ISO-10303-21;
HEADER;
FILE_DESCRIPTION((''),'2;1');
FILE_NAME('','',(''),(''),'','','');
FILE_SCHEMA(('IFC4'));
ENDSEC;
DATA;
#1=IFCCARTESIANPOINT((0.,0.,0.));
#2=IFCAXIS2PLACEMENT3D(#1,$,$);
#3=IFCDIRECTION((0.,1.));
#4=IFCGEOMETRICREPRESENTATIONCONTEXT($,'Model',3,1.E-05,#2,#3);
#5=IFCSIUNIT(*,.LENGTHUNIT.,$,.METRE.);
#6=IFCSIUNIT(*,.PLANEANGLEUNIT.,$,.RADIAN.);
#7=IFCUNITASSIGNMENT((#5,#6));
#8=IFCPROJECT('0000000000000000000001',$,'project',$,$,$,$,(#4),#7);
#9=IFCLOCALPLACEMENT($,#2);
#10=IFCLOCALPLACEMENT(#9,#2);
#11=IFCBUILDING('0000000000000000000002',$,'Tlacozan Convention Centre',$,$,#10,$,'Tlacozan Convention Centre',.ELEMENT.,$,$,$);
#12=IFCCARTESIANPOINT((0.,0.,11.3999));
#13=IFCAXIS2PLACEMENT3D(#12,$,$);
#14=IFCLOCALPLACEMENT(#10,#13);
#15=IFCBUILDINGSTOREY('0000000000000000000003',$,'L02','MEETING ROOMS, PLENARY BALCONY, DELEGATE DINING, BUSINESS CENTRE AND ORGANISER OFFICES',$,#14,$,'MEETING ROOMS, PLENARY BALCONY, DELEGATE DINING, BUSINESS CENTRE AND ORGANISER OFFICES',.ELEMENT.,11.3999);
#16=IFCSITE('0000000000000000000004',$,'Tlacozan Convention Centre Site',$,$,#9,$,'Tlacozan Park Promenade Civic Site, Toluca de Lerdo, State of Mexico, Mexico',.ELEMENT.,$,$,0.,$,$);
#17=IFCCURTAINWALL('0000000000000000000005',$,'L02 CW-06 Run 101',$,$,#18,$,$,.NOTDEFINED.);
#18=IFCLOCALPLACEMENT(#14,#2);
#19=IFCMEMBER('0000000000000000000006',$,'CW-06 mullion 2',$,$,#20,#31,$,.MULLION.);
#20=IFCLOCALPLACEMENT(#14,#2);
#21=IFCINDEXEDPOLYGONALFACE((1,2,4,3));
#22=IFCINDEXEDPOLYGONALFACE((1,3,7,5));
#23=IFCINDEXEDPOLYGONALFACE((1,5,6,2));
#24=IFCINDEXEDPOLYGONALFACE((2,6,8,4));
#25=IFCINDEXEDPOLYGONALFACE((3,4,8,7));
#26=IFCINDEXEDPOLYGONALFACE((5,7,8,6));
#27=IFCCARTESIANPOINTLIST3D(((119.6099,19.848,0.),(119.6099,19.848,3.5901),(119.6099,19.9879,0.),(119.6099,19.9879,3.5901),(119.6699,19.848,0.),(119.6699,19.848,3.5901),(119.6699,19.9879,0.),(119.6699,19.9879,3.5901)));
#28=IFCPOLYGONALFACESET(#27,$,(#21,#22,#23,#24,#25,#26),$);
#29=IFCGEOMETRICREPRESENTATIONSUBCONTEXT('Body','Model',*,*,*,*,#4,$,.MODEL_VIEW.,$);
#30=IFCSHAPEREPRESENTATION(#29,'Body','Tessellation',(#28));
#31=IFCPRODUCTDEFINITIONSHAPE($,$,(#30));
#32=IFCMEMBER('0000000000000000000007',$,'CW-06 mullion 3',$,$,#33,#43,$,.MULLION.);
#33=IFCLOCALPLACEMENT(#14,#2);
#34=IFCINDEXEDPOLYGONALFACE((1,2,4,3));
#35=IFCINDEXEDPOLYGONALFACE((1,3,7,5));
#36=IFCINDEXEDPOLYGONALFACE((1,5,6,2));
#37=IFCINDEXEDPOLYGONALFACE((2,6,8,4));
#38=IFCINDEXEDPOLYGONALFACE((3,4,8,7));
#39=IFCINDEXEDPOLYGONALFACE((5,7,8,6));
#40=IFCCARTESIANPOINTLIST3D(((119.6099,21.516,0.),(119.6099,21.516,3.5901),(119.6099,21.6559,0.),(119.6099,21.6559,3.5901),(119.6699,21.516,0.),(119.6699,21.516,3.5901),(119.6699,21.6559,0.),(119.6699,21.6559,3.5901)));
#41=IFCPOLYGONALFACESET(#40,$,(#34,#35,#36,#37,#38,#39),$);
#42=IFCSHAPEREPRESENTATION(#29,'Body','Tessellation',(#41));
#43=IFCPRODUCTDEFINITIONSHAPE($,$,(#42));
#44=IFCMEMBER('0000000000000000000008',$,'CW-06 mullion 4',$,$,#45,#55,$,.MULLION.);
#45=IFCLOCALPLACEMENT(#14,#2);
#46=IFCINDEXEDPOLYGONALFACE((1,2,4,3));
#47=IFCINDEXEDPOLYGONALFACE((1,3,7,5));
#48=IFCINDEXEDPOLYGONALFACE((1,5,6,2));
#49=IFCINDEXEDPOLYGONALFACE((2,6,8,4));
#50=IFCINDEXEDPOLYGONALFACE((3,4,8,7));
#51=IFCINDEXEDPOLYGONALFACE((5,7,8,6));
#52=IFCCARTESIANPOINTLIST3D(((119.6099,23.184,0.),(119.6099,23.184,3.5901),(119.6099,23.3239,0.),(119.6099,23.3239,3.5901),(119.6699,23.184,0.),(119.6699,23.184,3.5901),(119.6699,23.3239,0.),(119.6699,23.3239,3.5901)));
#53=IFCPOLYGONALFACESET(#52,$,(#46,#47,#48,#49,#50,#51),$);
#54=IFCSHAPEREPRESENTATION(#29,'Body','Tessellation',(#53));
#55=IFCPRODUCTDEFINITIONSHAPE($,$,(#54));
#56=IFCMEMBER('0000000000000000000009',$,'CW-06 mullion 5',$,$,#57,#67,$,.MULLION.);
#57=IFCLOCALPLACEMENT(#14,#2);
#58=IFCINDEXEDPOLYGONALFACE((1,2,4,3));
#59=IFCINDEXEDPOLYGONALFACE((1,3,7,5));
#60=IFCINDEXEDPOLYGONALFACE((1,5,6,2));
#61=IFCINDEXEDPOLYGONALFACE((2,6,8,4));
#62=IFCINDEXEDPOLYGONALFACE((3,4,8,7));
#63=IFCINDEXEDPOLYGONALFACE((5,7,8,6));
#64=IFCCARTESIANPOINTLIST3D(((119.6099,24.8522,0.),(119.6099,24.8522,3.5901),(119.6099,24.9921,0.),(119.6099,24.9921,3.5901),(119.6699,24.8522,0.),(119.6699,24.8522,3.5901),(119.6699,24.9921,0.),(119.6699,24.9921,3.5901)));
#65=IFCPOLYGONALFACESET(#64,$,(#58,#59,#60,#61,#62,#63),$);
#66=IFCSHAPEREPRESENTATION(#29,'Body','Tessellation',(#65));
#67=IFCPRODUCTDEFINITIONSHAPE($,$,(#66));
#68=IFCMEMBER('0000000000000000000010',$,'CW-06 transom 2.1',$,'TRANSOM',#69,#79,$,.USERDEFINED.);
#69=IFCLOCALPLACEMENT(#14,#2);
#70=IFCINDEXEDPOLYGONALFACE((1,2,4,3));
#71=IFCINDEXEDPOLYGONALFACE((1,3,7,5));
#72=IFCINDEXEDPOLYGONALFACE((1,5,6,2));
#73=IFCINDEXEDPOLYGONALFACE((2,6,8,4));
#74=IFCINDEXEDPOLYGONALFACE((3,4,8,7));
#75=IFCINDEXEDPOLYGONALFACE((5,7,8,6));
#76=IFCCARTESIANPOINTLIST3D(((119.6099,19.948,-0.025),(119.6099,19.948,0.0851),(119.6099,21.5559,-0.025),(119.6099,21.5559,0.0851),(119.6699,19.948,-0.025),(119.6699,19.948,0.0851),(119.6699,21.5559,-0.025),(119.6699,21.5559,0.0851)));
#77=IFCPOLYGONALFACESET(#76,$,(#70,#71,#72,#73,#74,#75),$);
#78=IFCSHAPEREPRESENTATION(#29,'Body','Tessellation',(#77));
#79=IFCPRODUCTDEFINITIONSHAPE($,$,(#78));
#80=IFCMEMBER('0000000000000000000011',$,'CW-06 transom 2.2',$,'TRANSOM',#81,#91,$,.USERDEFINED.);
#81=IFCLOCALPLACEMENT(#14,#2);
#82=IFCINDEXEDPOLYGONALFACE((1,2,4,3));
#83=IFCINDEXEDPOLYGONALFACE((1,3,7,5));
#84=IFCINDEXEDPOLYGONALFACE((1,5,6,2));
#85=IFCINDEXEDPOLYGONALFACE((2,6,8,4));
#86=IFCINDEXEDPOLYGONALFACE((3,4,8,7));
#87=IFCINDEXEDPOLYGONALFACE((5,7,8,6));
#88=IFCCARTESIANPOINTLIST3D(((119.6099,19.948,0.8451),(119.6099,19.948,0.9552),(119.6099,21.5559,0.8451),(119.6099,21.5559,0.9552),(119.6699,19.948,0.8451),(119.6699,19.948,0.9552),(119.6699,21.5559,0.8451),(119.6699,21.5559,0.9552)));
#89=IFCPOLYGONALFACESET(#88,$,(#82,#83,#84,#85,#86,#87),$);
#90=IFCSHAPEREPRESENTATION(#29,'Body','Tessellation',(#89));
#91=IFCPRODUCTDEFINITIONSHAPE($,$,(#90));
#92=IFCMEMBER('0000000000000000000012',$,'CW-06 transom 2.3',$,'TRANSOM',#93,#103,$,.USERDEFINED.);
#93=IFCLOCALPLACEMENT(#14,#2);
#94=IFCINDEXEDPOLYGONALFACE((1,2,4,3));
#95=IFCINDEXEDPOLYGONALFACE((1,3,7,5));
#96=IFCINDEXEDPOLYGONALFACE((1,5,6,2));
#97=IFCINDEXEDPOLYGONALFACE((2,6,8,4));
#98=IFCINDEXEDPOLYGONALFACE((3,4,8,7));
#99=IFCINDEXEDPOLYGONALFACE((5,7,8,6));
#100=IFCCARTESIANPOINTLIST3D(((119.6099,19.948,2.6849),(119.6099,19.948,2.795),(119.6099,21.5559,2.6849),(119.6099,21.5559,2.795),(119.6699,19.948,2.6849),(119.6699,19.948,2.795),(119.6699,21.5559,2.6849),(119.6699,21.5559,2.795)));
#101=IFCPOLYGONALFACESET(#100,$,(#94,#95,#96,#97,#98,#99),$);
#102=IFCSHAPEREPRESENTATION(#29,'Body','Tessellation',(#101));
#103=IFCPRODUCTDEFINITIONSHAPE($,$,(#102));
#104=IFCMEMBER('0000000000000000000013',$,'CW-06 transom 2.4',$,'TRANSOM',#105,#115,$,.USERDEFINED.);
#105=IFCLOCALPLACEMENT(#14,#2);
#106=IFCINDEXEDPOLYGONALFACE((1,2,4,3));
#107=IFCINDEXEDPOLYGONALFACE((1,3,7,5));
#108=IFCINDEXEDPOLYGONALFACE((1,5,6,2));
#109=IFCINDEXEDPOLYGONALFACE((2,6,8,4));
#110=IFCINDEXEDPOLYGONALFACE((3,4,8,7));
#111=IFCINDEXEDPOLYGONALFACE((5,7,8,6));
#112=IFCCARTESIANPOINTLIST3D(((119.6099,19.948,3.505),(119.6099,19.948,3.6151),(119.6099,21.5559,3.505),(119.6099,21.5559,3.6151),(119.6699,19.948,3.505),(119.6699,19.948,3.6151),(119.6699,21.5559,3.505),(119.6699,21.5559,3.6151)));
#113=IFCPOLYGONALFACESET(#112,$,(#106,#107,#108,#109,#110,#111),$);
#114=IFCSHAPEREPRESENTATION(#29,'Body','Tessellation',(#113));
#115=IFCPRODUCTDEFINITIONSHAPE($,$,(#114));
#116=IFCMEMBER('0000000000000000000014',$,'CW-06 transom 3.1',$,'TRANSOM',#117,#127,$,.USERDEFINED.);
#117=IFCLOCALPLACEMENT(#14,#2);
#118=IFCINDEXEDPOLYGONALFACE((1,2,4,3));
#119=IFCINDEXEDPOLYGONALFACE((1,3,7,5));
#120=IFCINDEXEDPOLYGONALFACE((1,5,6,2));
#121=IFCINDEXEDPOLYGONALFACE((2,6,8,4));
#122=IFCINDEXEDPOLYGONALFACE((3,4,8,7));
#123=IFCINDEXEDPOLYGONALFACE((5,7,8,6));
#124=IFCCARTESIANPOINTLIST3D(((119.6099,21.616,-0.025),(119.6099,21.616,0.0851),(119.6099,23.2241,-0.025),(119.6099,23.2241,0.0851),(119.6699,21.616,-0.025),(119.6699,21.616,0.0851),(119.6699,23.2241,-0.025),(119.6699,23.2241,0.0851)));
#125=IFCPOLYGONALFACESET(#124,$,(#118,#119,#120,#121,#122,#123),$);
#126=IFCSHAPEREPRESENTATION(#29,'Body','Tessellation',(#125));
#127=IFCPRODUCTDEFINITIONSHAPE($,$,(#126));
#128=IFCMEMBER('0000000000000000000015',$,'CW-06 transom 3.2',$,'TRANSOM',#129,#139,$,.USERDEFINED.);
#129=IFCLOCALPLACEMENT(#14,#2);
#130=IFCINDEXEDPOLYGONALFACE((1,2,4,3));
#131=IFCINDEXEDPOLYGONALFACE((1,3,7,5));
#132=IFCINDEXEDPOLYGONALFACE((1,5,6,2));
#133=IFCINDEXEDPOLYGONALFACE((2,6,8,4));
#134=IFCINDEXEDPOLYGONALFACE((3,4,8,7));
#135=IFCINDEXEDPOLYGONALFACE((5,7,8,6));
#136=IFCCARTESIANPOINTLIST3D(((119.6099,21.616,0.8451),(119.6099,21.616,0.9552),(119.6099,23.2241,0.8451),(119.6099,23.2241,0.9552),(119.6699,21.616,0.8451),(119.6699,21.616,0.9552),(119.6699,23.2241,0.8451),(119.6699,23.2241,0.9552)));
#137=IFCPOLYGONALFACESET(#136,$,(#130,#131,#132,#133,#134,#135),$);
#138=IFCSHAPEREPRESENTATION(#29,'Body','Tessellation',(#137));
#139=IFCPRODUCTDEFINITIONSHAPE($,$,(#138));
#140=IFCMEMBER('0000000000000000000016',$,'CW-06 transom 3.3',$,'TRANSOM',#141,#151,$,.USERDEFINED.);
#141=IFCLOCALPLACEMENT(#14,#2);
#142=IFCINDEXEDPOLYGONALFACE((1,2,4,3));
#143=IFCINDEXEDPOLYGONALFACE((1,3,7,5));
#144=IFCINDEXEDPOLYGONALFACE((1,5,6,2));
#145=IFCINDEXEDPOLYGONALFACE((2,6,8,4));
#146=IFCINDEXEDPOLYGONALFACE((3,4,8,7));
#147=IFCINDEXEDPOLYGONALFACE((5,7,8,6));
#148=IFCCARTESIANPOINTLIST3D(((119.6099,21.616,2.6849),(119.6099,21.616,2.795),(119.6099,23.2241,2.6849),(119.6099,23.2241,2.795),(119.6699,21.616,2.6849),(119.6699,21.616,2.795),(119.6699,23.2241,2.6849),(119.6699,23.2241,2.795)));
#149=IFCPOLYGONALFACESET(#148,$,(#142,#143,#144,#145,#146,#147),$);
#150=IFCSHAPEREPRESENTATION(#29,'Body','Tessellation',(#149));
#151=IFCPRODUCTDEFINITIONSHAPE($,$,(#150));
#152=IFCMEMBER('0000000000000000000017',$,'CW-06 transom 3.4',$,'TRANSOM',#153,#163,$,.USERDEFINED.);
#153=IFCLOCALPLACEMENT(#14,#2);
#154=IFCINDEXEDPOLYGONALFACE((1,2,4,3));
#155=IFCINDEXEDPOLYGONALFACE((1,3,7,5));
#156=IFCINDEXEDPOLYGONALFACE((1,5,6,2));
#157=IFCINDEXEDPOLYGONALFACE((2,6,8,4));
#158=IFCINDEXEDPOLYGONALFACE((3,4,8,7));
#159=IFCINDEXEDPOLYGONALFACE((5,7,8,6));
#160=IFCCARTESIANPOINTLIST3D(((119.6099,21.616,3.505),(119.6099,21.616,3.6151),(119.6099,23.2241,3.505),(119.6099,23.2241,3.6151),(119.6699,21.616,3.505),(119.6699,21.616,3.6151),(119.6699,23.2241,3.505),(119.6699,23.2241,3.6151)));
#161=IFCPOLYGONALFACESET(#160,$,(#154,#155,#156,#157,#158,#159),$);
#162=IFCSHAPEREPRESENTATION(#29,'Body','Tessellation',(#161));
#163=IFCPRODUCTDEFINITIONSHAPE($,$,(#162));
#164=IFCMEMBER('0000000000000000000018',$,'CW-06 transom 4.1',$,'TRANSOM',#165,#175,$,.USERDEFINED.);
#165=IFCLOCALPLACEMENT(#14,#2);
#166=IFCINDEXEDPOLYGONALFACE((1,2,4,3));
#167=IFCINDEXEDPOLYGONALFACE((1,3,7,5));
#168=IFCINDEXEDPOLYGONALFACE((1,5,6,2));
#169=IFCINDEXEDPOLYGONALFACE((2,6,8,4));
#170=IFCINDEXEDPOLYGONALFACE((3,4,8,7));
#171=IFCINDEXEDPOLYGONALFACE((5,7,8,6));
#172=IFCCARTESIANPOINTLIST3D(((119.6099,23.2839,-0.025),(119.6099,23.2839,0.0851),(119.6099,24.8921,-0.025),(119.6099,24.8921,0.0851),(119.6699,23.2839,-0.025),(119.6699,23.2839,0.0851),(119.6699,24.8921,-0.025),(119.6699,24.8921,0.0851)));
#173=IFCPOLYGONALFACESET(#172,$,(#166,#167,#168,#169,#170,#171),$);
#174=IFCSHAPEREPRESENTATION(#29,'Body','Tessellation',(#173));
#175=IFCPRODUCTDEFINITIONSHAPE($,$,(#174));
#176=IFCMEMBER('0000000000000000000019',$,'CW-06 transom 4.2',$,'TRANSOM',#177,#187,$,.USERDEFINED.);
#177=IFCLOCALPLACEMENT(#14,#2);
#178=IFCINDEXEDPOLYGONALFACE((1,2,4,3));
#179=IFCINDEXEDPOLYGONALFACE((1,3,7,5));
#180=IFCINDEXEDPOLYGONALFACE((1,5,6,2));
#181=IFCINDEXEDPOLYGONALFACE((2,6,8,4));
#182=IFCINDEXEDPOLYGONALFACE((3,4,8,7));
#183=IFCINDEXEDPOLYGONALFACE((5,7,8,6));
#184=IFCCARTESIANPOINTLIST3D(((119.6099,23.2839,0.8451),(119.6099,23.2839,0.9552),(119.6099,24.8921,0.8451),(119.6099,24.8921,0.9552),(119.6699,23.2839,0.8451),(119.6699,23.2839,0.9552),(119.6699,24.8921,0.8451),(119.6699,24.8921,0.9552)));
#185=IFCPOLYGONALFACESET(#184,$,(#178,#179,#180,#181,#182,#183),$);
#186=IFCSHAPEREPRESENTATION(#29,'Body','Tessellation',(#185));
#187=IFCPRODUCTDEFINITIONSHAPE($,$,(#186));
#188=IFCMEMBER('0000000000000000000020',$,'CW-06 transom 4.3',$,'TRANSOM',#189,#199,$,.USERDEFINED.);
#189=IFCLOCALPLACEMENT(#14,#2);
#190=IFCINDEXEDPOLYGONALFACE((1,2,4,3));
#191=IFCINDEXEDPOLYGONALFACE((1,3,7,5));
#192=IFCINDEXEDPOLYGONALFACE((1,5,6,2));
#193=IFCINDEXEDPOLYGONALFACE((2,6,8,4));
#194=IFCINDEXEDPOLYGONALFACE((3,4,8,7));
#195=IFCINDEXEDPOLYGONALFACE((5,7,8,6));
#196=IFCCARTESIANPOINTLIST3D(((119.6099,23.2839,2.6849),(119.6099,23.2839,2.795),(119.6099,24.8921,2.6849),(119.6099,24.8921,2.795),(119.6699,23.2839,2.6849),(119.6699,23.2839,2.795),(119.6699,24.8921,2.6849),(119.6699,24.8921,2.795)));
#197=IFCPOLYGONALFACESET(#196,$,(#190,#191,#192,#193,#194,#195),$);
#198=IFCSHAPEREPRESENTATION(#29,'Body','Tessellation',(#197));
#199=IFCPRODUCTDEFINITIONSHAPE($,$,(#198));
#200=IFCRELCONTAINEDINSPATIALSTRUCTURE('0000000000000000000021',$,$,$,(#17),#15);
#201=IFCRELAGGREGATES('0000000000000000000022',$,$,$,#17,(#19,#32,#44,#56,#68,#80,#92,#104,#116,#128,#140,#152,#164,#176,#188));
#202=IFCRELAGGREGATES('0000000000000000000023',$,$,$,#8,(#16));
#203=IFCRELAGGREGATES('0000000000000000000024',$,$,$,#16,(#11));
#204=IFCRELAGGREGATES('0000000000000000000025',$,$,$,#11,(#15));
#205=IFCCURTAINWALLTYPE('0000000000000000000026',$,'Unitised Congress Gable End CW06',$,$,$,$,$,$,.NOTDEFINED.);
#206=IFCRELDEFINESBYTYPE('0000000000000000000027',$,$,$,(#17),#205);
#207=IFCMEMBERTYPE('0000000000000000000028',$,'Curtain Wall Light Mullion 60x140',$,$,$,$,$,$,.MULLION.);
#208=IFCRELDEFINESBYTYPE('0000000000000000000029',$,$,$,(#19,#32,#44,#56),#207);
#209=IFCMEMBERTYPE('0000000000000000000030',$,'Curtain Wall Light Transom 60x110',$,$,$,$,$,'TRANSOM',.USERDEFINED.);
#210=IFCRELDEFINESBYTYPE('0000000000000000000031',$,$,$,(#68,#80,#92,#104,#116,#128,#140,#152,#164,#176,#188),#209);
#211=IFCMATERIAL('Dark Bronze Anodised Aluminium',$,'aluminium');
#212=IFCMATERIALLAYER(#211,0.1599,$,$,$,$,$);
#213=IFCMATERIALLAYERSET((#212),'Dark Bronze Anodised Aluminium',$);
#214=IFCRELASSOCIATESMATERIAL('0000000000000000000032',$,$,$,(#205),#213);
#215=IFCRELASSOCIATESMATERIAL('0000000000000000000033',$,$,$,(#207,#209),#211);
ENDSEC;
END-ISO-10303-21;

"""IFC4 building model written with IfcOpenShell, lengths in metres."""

from ifc_helpers import new_model, si_unit, direction, frame, origin, origin_2d, place, context, subcontext, project, spatial, rectangle, extrude, material, layer, layer_set, material_profile, profile_set, type_object, element, aggregate, save


model = new_model("IFC4")

# Units and contexts
model_context = context("Model", 3, precision=1e-05, world=origin(), true_north=direction((0.0, 1.0)))
body_context = subcontext(model_context, "Body", "Model", "MODEL_VIEW")
ifc_project = project(units=[si_unit("LENGTHUNIT", "METRE"), si_unit("PLANEANGLEUNIT", "RADIAN")], contexts=[model_context])

# Site, building, storey
site_placement = place(None, origin())
site = spatial("IfcSite", under=ifc_project, at=site_placement, Name="Tlacozan Convention Centre Site", LongName="Tlacozan Park Promenade Civic Site, Toluca de Lerdo, State of Mexico, Mexico", CompositionType="ELEMENT", RefElevation=0.0)
building_placement = place(site_placement, origin())
building = spatial("IfcBuilding", under=site, at=building_placement, Name="Tlacozan Convention Centre", LongName="Tlacozan Convention Centre", CompositionType="ELEMENT")
storey_placement = place(building_placement, frame((0.0, 0.0, 11.3999)))
storey = spatial("IfcBuildingStorey", under=building, at=storey_placement, Name="L02", Description="MEETING ROOMS, PLENARY BALCONY, DELEGATE DINING, BUSINESS CENTRE AND ORGANISER OFFICES", LongName="MEETING ROOMS, PLENARY BALCONY, DELEGATE DINING, BUSINESS CENTRE AND ORGANISER OFFICES", CompositionType="ELEMENT", Elevation=11.3999)

# Curtain wall, members
ifc_material_1 = material(Name="Dark Bronze Anodised Aluminium", Category="aluminium")
ifc_layer_1 = layer(ifc_material_1, 0.1599)
ifc_layer_set_1 = layer_set([ifc_layer_1], Name="Dark Bronze Anodised Aluminium")
curtain_wall_type = type_object("IfcCurtainWallType", Name="Unitised Congress Gable End CW06", PredefinedType="NOTDEFINED", material=ifc_layer_set_1)
curtain_wall_placement = place(storey_placement, origin())
curtain_wall = element("IfcCurtainWall", 1, at=curtain_wall_placement, inside=storey, type_object=curtain_wall_type, Name="L02 CW-06 Run 101", PredefinedType="NOTDEFINED")
ifc_material_profile_1 = material_profile(ifc_material_1, rectangle(XDim=0.0601, YDim=0.1399, at=origin_2d()), Name="ALU 60x140")
ifc_profile_set_1 = profile_set([ifc_material_profile_1], Name="Dark Bronze Anodised Aluminium")
member_type_1 = type_object("IfcMemberType", Name="Curtain Wall Light Mullion 60x140", PredefinedType="MULLION", material=ifc_profile_set_1)
member_1_placement = place(storey_placement, frame((119.6399, 19.918, 0.0), z_axis=(0.0, 0.0, 1.0), x_axis=(-1.0, 0.0, 0.0)))
member_1 = element("IfcMember", 2, at=member_1_placement, type_object=member_type_1, Name="CW-06 mullion 2", PredefinedType="MULLION", context=body_context, shape_type="SweptSolid", body=[
    extrude(rectangle(XDim=0.0601, YDim=0.1399, at=origin_2d()), origin(), (0.0, 0.0, 1.0), 3.5901),
])
member_2_placement = place(storey_placement, frame((119.6399, 21.5859, 0.0), z_axis=(0.0, 0.0, 1.0), x_axis=(-1.0, 0.0, 0.0)))
member_2 = element("IfcMember", 3, at=member_2_placement, type_object=member_type_1, Name="CW-06 mullion 3", PredefinedType="MULLION", context=body_context, shape_type="SweptSolid", body=[
    extrude(rectangle(XDim=0.0601, YDim=0.1399, at=origin_2d()), origin(), (0.0, 0.0, 1.0), 3.5901),
])
member_3_placement = place(storey_placement, frame((119.6399, 23.2539, 0.0), z_axis=(0.0, 0.0, 1.0), x_axis=(-1.0, 0.0, 0.0)))
member_3 = element("IfcMember", 4, at=member_3_placement, type_object=member_type_1, Name="CW-06 mullion 4", PredefinedType="MULLION", context=body_context, shape_type="SweptSolid", body=[
    extrude(rectangle(XDim=0.0601, YDim=0.1399, at=origin_2d()), origin(), (0.0, 0.0, 1.0), 3.5901),
])
member_4_placement = place(storey_placement, frame((119.6399, 24.9221, 0.0), z_axis=(0.0, 0.0, 1.0), x_axis=(-1.0, 0.0, 0.0)))
member_4 = element("IfcMember", 5, at=member_4_placement, type_object=member_type_1, Name="CW-06 mullion 5", PredefinedType="MULLION", context=body_context, shape_type="SweptSolid", body=[
    extrude(rectangle(XDim=0.0601, YDim=0.1399, at=origin_2d()), origin(), (0.0, 0.0, 1.0), 3.5901),
])
ifc_material_profile_2 = material_profile(ifc_material_1, rectangle(XDim=0.0601, YDim=0.1101, at=origin_2d()), Name="ALU 60x110")
ifc_profile_set_2 = profile_set([ifc_material_profile_2], Name="Dark Bronze Anodised Aluminium")
member_type_2 = type_object("IfcMemberType", Name="Curtain Wall Light Transom 60x110", ElementType="TRANSOM", PredefinedType="USERDEFINED", material=ifc_profile_set_2)
member_5_placement = place(storey_placement, frame((119.6399, 19.948, 0.03), z_axis=(0.0, 1.0, 0.0), x_axis=(-1.0, 0.0, 0.0)))
member_5 = element("IfcMember", 6, at=member_5_placement, type_object=member_type_2, Name="CW-06 transom 2.1", ObjectType="TRANSOM", PredefinedType="USERDEFINED", context=body_context, shape_type="SweptSolid", body=[
    extrude(rectangle(XDim=0.0601, YDim=0.1101, at=origin_2d()), origin(), (0.0, 0.0, 1.0), 1.6079),
])
member_6_placement = place(storey_placement, frame((119.6399, 19.948, 0.9001), z_axis=(0.0, 1.0, 0.0), x_axis=(-1.0, 0.0, 0.0)))
member_6 = element("IfcMember", 7, at=member_6_placement, type_object=member_type_2, Name="CW-06 transom 2.2", ObjectType="TRANSOM", PredefinedType="USERDEFINED", context=body_context, shape_type="SweptSolid", body=[
    extrude(rectangle(XDim=0.0601, YDim=0.1101, at=origin_2d()), origin(), (0.0, 0.0, 1.0), 1.6079),
])
member_7_placement = place(storey_placement, frame((119.6399, 19.948, 2.74), z_axis=(0.0, 1.0, 0.0), x_axis=(-1.0, 0.0, 0.0)))
member_7 = element("IfcMember", 8, at=member_7_placement, type_object=member_type_2, Name="CW-06 transom 2.3", ObjectType="TRANSOM", PredefinedType="USERDEFINED", context=body_context, shape_type="SweptSolid", body=[
    extrude(rectangle(XDim=0.0601, YDim=0.1101, at=origin_2d()), origin(), (0.0, 0.0, 1.0), 1.6079),
])
member_8_placement = place(storey_placement, frame((119.6399, 19.948, 3.5601), z_axis=(0.0, 1.0, 0.0), x_axis=(-1.0, 0.0, 0.0)))
member_8 = element("IfcMember", 9, at=member_8_placement, type_object=member_type_2, Name="CW-06 transom 2.4", ObjectType="TRANSOM", PredefinedType="USERDEFINED", context=body_context, shape_type="SweptSolid", body=[
    extrude(rectangle(XDim=0.0601, YDim=0.1101, at=origin_2d()), origin(), (0.0, 0.0, 1.0), 1.6079),
])
member_9_placement = place(storey_placement, frame((119.6399, 21.616, 0.03), z_axis=(0.0, 1.0, 0.0), x_axis=(-1.0, 0.0, 0.0)))
member_9 = element("IfcMember", 10, at=member_9_placement, type_object=member_type_2, Name="CW-06 transom 3.1", ObjectType="TRANSOM", PredefinedType="USERDEFINED", context=body_context, shape_type="SweptSolid", body=[
    extrude(rectangle(XDim=0.0601, YDim=0.1101, at=origin_2d()), origin(), (0.0, 0.0, 1.0), 1.6082),
])
member_10_placement = place(storey_placement, frame((119.6399, 21.616, 0.9001), z_axis=(0.0, 1.0, 0.0), x_axis=(-1.0, 0.0, 0.0)))
member_10 = element("IfcMember", 11, at=member_10_placement, type_object=member_type_2, Name="CW-06 transom 3.2", ObjectType="TRANSOM", PredefinedType="USERDEFINED", context=body_context, shape_type="SweptSolid", body=[
    extrude(rectangle(XDim=0.0601, YDim=0.1101, at=origin_2d()), origin(), (0.0, 0.0, 1.0), 1.6082),
])
member_11_placement = place(storey_placement, frame((119.6399, 21.616, 2.74), z_axis=(0.0, 1.0, 0.0), x_axis=(-1.0, 0.0, 0.0)))
member_11 = element("IfcMember", 12, at=member_11_placement, type_object=member_type_2, Name="CW-06 transom 3.3", ObjectType="TRANSOM", PredefinedType="USERDEFINED", context=body_context, shape_type="SweptSolid", body=[
    extrude(rectangle(XDim=0.0601, YDim=0.1101, at=origin_2d()), origin(), (0.0, 0.0, 1.0), 1.6082),
])
member_12_placement = place(storey_placement, frame((119.6399, 21.616, 3.5601), z_axis=(0.0, 1.0, 0.0), x_axis=(-1.0, 0.0, 0.0)))
member_12 = element("IfcMember", 13, at=member_12_placement, type_object=member_type_2, Name="CW-06 transom 3.4", ObjectType="TRANSOM", PredefinedType="USERDEFINED", context=body_context, shape_type="SweptSolid", body=[
    extrude(rectangle(XDim=0.0601, YDim=0.1101, at=origin_2d()), origin(), (0.0, 0.0, 1.0), 1.6082),
])
member_13_placement = place(storey_placement, frame((119.6399, 23.2839, 0.03), z_axis=(0.0, 1.0, 0.0), x_axis=(-1.0, 0.0, 0.0)))
member_13 = element("IfcMember", 14, at=member_13_placement, type_object=member_type_2, Name="CW-06 transom 4.1", ObjectType="TRANSOM", PredefinedType="USERDEFINED", context=body_context, shape_type="SweptSolid", body=[
    extrude(rectangle(XDim=0.0601, YDim=0.1101, at=origin_2d()), origin(), (0.0, 0.0, 1.0), 1.6082),
])
member_14_placement = place(storey_placement, frame((119.6399, 23.2839, 0.9001), z_axis=(0.0, 1.0, 0.0), x_axis=(-1.0, 0.0, 0.0)))
member_14 = element("IfcMember", 15, at=member_14_placement, type_object=member_type_2, Name="CW-06 transom 4.2", ObjectType="TRANSOM", PredefinedType="USERDEFINED", context=body_context, shape_type="SweptSolid", body=[
    extrude(rectangle(XDim=0.0601, YDim=0.1101, at=origin_2d()), origin(), (0.0, 0.0, 1.0), 1.6082),
])
member_15_placement = place(storey_placement, frame((119.6399, 23.2839, 2.74), z_axis=(0.0, 1.0, 0.0), x_axis=(-1.0, 0.0, 0.0)))
member_15 = element("IfcMember", 16, at=member_15_placement, type_object=member_type_2, Name="CW-06 transom 4.3", ObjectType="TRANSOM", PredefinedType="USERDEFINED", context=body_context, shape_type="SweptSolid", body=[
    extrude(rectangle(XDim=0.0601, YDim=0.1101, at=origin_2d()), origin(), (0.0, 0.0, 1.0), 1.6082),
])
aggregate(curtain_wall, [member_1, member_2, member_3, member_4, member_5, member_6, member_7, member_8, member_9, member_10, member_11, member_12, member_13, member_14, member_15])

save(model, "model.ifc")
